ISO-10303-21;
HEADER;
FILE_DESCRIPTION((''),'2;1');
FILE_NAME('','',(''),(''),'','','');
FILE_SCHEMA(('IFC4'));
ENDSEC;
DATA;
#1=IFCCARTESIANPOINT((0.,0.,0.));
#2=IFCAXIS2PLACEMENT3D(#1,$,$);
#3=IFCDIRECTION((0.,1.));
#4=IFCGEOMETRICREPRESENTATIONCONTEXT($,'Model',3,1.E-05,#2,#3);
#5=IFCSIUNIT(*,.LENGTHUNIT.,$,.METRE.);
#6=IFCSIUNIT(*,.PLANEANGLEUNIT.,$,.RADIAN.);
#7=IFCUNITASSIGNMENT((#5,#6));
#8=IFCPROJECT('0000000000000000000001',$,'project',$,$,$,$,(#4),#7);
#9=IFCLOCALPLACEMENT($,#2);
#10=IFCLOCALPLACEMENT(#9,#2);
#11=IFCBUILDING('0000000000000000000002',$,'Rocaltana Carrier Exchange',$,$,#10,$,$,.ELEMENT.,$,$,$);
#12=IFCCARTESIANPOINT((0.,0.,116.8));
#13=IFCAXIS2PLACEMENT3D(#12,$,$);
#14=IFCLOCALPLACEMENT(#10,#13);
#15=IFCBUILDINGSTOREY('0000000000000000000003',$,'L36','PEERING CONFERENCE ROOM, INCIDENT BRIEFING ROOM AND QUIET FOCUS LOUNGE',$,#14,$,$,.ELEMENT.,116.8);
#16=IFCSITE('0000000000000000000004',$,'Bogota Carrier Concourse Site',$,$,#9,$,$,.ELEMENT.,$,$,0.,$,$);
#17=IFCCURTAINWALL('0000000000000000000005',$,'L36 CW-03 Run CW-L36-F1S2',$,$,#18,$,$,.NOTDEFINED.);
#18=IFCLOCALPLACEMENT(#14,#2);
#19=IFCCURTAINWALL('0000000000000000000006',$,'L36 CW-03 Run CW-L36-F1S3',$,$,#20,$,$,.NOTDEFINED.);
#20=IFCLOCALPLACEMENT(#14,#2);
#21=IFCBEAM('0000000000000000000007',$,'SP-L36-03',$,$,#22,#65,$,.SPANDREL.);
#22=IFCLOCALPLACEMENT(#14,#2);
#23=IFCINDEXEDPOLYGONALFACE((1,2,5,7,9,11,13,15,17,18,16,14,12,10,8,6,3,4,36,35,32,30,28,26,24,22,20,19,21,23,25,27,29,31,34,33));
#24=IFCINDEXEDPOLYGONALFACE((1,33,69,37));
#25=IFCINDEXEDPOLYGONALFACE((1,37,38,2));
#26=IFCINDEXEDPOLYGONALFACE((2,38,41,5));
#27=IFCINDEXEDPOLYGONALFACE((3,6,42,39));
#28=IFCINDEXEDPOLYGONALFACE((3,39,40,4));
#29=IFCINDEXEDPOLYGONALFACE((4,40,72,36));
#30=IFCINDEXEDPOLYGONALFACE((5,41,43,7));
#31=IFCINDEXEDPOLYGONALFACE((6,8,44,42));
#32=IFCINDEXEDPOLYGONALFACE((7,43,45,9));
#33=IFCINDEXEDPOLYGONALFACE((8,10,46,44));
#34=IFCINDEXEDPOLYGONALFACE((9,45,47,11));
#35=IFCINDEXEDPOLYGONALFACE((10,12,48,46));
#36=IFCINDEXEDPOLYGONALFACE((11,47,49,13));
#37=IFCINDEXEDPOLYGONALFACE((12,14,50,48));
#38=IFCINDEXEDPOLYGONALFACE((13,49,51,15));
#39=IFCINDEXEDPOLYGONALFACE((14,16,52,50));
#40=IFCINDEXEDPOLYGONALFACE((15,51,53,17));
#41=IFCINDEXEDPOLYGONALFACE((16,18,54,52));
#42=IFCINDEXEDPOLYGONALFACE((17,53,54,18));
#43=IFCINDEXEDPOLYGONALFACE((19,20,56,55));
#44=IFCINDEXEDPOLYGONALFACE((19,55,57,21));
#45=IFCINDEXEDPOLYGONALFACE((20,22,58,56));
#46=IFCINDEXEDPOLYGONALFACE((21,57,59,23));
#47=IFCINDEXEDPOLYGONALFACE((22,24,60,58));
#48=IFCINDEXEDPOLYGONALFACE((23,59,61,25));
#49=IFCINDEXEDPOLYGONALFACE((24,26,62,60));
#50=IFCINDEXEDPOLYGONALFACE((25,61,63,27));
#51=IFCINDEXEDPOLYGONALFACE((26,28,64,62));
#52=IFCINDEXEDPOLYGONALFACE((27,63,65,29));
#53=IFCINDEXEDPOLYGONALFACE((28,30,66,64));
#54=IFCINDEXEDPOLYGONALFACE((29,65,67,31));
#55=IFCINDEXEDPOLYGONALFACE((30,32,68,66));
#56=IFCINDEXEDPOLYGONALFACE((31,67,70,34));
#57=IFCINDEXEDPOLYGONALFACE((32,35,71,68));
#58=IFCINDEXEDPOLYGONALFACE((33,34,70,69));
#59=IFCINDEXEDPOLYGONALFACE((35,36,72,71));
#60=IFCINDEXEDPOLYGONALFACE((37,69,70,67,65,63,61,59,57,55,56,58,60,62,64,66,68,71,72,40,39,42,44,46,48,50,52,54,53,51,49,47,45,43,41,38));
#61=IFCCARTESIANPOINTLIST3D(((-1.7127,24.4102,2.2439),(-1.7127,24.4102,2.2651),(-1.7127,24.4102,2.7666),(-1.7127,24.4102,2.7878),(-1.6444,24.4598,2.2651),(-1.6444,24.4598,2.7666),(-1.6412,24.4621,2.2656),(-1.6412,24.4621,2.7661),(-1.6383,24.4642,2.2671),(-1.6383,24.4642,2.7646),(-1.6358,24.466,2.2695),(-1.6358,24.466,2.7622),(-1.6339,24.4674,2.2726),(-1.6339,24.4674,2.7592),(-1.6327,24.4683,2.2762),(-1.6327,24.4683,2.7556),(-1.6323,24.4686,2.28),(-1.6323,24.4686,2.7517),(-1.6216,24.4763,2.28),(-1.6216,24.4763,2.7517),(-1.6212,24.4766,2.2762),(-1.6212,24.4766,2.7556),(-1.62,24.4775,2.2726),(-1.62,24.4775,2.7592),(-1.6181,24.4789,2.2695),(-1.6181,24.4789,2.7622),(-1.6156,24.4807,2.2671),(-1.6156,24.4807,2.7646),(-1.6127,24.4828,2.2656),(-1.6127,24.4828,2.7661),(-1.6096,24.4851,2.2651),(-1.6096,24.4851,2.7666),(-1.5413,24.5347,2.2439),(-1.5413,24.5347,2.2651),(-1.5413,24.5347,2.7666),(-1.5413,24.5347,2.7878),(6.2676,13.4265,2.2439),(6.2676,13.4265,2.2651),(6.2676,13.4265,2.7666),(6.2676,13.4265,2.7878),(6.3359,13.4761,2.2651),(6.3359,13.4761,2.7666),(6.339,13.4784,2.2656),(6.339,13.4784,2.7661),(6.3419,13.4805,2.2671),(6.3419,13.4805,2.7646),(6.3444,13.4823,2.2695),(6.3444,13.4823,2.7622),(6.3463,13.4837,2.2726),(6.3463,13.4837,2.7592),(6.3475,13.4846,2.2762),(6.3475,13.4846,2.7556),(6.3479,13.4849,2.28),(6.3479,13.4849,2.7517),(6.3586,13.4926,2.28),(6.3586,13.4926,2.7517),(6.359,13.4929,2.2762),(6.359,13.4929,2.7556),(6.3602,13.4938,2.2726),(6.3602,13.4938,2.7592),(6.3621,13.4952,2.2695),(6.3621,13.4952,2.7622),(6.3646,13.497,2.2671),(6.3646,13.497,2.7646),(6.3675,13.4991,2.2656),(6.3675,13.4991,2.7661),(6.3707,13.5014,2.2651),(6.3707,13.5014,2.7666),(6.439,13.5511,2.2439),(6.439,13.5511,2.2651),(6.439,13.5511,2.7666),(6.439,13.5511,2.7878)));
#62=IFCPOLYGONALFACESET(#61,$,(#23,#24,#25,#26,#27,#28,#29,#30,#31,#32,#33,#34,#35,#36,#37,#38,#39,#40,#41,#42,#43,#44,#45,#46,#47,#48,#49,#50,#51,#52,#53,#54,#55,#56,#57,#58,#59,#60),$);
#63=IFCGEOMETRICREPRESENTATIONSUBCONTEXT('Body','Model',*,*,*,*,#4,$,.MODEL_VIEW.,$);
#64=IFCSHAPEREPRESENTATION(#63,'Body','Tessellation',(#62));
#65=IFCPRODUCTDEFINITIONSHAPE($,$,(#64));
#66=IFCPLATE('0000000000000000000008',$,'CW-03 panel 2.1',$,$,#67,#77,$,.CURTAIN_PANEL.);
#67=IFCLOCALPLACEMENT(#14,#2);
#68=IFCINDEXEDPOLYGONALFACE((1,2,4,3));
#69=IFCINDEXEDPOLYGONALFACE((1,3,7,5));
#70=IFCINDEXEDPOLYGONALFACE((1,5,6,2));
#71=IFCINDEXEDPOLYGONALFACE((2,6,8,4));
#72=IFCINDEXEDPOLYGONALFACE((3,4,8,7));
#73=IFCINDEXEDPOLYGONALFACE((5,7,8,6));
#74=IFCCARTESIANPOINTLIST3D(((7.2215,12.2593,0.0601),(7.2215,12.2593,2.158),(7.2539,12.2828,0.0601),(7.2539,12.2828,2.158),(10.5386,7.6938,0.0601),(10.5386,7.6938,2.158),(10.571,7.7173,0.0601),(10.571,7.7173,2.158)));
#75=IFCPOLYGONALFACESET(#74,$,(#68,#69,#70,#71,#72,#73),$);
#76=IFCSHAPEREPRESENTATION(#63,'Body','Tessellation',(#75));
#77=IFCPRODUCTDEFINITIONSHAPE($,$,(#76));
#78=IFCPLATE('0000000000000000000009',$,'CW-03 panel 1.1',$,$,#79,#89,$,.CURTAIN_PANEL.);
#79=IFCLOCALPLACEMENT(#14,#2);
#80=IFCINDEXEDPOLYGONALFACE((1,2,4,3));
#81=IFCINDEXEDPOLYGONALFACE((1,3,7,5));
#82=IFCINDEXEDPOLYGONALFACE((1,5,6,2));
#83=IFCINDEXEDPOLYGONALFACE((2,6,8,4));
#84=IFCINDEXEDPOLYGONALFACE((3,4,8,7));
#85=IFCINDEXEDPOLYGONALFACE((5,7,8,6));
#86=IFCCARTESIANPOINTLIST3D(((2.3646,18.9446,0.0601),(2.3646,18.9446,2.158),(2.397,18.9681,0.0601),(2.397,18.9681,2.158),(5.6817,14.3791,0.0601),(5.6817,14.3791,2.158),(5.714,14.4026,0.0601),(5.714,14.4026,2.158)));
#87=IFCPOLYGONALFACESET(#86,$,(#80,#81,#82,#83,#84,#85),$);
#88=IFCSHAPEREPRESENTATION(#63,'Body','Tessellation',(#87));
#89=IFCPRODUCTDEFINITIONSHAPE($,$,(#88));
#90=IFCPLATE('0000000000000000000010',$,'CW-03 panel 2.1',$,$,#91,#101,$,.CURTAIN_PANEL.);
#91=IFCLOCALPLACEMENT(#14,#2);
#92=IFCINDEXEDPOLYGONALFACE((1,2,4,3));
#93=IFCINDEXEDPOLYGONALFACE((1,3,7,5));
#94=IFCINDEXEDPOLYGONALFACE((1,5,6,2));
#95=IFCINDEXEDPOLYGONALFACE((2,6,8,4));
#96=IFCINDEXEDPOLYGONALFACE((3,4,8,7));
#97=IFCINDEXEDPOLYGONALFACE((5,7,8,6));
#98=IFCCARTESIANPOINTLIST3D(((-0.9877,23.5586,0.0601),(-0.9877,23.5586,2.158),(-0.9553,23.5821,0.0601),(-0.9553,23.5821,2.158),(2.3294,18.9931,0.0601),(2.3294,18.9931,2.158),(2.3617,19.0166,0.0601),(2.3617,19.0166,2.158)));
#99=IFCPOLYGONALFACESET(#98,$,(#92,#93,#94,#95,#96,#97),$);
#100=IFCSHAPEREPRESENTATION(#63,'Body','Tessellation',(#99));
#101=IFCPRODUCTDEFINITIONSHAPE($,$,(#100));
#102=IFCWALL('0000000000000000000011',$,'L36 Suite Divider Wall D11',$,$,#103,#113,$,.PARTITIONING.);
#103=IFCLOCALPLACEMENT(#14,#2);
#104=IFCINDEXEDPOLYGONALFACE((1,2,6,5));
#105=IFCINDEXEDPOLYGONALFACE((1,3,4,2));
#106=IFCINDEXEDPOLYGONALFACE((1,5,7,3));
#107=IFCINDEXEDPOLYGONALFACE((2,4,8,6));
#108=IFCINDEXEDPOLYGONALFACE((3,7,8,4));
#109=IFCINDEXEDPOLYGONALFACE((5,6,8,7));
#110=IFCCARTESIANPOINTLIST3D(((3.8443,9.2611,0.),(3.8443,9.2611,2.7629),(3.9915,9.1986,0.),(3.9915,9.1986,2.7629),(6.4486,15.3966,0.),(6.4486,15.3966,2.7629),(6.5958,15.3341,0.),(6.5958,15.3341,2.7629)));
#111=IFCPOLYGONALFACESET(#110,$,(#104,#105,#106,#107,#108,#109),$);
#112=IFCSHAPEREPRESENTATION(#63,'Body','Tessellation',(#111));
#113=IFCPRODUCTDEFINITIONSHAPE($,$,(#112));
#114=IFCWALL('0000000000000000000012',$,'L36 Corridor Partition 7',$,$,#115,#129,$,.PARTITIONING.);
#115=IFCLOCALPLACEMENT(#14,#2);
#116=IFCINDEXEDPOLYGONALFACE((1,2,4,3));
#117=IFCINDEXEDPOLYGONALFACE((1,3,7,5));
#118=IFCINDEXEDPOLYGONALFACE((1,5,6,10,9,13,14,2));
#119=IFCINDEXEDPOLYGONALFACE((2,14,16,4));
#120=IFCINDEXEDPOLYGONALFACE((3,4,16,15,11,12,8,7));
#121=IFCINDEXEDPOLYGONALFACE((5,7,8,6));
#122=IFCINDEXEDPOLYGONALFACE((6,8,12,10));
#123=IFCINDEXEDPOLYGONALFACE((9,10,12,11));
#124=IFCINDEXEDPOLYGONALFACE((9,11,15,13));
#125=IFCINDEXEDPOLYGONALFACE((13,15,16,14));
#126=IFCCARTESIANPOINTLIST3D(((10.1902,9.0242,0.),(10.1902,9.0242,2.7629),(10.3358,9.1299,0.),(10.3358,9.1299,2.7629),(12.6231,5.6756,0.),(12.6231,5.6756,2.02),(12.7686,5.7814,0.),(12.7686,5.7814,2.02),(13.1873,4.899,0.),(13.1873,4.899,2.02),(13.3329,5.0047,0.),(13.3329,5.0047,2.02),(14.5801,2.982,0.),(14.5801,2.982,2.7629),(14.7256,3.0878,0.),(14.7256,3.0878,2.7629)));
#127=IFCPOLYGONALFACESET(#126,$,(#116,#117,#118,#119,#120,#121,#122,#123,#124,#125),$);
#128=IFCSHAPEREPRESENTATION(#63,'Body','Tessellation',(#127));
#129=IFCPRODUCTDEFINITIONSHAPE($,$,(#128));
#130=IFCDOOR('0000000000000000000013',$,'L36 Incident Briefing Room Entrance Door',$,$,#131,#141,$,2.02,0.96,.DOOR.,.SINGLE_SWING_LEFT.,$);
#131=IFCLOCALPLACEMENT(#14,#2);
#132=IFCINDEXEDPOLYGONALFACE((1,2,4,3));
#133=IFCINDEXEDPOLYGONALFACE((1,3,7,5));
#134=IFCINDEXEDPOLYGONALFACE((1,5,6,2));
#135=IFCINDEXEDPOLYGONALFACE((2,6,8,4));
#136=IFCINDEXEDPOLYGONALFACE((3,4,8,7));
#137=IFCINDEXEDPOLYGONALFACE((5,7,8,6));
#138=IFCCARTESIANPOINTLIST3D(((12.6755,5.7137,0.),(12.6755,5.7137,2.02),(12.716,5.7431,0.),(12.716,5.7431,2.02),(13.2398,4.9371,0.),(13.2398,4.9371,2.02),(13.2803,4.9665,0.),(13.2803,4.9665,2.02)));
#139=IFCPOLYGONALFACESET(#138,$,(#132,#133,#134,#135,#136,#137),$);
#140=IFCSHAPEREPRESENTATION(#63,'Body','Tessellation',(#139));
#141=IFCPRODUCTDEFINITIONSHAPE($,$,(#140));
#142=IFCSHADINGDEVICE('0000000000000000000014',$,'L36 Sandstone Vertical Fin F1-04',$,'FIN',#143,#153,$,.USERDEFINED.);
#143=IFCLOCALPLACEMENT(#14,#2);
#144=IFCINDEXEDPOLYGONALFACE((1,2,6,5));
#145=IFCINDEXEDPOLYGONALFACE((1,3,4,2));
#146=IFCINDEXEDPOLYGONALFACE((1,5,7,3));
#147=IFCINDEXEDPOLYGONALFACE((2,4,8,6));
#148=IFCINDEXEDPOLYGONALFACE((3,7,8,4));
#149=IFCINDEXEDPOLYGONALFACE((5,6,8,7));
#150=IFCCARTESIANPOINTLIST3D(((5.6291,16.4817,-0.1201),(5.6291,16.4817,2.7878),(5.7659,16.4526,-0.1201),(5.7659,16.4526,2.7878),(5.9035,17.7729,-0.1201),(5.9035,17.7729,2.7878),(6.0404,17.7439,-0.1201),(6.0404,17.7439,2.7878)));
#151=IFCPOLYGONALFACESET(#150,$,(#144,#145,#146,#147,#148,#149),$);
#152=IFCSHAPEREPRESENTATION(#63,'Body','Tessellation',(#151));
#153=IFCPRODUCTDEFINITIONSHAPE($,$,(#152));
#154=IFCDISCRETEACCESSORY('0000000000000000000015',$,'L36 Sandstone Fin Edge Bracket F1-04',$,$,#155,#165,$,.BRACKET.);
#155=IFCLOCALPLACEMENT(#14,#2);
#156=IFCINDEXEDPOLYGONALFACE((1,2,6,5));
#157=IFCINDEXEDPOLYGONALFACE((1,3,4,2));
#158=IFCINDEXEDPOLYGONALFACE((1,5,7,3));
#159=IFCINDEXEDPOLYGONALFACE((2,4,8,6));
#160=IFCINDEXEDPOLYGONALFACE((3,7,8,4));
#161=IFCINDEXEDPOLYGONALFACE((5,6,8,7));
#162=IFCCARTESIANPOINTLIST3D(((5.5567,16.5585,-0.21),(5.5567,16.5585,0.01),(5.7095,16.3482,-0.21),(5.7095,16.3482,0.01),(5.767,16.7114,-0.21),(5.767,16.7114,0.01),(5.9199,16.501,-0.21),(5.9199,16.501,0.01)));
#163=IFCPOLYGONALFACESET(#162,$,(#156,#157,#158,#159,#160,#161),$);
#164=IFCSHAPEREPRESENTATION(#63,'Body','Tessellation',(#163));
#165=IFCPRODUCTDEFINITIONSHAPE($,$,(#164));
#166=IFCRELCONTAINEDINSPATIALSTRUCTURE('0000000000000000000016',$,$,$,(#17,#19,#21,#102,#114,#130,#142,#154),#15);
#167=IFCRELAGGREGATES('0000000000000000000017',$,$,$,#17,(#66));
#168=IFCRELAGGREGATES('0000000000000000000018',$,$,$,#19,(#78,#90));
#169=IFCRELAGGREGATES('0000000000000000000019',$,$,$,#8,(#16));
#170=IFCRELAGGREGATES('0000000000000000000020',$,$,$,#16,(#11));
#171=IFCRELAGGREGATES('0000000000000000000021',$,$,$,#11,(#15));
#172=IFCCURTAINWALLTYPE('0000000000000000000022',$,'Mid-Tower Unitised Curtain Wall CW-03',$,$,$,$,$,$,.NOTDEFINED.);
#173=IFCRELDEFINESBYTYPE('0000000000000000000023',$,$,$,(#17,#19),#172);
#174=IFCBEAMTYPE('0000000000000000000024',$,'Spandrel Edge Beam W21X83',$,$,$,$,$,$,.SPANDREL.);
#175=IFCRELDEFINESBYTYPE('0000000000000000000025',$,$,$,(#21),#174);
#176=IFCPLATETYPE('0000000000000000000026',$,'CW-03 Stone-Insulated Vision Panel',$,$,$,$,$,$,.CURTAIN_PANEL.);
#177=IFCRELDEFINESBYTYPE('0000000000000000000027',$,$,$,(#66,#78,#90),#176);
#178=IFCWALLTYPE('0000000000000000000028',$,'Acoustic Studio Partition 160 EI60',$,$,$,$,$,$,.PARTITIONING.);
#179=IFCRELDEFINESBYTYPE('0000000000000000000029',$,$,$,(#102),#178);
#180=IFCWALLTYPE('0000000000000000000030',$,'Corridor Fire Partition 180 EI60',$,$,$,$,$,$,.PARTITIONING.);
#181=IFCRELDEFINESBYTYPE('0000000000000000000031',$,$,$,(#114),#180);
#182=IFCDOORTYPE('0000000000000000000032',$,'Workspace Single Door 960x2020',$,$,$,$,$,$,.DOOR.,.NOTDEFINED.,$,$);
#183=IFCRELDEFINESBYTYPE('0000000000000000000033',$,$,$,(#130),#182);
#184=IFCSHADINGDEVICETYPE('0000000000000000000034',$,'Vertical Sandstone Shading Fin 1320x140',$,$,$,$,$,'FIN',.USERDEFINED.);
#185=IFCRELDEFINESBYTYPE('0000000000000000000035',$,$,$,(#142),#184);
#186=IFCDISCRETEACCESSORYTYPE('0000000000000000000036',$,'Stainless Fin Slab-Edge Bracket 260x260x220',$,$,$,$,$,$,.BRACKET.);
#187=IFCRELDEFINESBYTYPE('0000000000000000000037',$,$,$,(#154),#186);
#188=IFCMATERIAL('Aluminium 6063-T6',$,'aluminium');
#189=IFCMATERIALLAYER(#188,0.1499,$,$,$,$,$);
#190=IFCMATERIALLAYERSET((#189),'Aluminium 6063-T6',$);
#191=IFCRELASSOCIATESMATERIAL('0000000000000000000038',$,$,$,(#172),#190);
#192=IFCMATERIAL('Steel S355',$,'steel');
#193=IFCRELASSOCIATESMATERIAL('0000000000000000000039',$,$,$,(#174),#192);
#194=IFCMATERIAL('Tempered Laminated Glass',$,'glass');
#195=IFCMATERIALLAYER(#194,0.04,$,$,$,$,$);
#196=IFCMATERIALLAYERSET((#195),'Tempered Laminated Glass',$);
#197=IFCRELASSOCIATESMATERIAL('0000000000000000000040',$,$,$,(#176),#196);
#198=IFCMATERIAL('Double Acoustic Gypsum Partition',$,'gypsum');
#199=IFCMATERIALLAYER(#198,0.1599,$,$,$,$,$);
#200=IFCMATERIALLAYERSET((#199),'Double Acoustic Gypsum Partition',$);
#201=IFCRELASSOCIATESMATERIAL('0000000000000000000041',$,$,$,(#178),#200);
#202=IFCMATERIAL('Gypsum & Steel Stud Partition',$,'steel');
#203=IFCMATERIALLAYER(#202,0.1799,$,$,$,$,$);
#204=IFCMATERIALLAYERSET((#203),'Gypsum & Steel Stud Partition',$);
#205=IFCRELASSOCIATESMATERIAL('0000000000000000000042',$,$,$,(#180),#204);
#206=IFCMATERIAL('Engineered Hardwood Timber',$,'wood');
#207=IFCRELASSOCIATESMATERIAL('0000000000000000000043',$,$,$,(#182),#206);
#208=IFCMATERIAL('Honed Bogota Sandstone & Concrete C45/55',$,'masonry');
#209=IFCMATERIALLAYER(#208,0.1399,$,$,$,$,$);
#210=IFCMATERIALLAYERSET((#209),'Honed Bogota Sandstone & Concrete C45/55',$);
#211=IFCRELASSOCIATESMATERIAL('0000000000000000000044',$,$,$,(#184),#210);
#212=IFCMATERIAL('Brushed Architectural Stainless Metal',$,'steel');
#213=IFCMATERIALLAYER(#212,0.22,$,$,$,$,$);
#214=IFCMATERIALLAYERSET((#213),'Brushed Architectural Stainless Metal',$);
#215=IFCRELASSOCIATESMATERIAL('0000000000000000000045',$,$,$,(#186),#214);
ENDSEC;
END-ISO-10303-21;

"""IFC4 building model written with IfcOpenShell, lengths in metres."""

from ifc_helpers import new_model, si_unit, direction, frame, frame_2d, origin, origin_2d, place, context, subcontext, project, spatial, rectangle, i_section, extrude, material, layer, layer_set, material_profile, profile_set, type_object, element, fill, aggregate, save


model = new_model("IFC4")

# Units and contexts
model_context = context("Model", 3, precision=1e-05, world=origin(), true_north=direction((0.0, 1.0)))
body_context = subcontext(model_context, "Body", "Model", "MODEL_VIEW")
ifc_project = project(units=[si_unit("LENGTHUNIT", "METRE"), si_unit("PLANEANGLEUNIT", "RADIAN")], contexts=[model_context])

# Site, building, storey
site_placement = place(None, origin())
site = spatial("IfcSite", under=ifc_project, at=site_placement, Name="Bogota Carrier Concourse Site", CompositionType="ELEMENT", RefElevation=0.0)
building_placement = place(site_placement, origin())
building = spatial("IfcBuilding", under=site, at=building_placement, Name="Rocaltana Carrier Exchange", CompositionType="ELEMENT")
storey_placement = place(building_placement, frame((0.0, 0.0, 116.8)))
storey = spatial("IfcBuildingStorey", under=building, at=storey_placement, Name="L36", Description="PEERING CONFERENCE ROOM, INCIDENT BRIEFING ROOM AND QUIET FOCUS LOUNGE", CompositionType="ELEMENT", Elevation=116.8)

# Curtain wall
ifc_material_1 = material(Name="Aluminium 6063-T6", Category="aluminium")
ifc_layer_1 = layer(ifc_material_1, 0.1499)
ifc_layer_set_1 = layer_set([ifc_layer_1], Name="Aluminium 6063-T6")
curtain_wall_type = type_object("IfcCurtainWallType", Name="Mid-Tower Unitised Curtain Wall CW-03", PredefinedType="NOTDEFINED", material=ifc_layer_set_1)
curtain_wall_1_placement = place(storey_placement, origin())
curtain_wall_1 = element("IfcCurtainWall", 1, at=curtain_wall_1_placement, inside=storey, type_object=curtain_wall_type, Name="L36 CW-03 Run CW-L36-F1S2", PredefinedType="NOTDEFINED")

# Curtain wall
curtain_wall_2_placement = place(storey_placement, origin())
curtain_wall_2 = element("IfcCurtainWall", 2, at=curtain_wall_2_placement, inside=storey, type_object=curtain_wall_type, Name="L36 CW-03 Run CW-L36-F1S3", PredefinedType="NOTDEFINED")

# Beam
ifc_material_2 = material(Name="Steel S355", Category="steel")
ifc_material_profile_1 = material_profile(ifc_material_2, i_section(OverallWidth=0.2119, OverallDepth=0.5439, WebThickness=0.0132, FlangeThickness=0.0212, FilletRadius=0.0149, at=origin_2d()), Name="W21X83")
ifc_profile_set_1 = profile_set([ifc_material_profile_1], Name="Steel S355")
beam_type_1 = type_object("IfcBeamType", Name="Spandrel Edge Beam W21X83", PredefinedType="SPANDREL", material=ifc_profile_set_1)
beam_1_placement = place(storey_placement, frame((6.3533, 13.4888, 2.5159), z_axis=(-0.587792, 0.809012, 0.0), x_axis=(-0.809012, -0.587792, 0.0)))
element("IfcBeam", 3, at=beam_1_placement, inside=storey, type_object=beam_type_1, Name="SP-L36-03", PredefinedType="SPANDREL", context=body_context, shape_type="SweptSolid", body=[
    extrude(i_section(OverallWidth=0.2119, OverallDepth=0.5439, WebThickness=0.0132, FlangeThickness=0.0212, FilletRadius=0.0149, at=origin_2d()), origin(), (0.0, 0.0, 1.0), 13.5767),
])

# Plates
ifc_material_3 = material(Name="Tempered Laminated Glass", Category="glass")
ifc_layer_2 = layer(ifc_material_3, 0.04)
ifc_layer_set_2 = layer_set([ifc_layer_2], Name="Tempered Laminated Glass")
plate_type = type_object("IfcPlateType", Name="CW-03 Stone-Insulated Vision Panel", PredefinedType="CURTAIN_PANEL", material=ifc_layer_set_2)
plate_1_placement = place(storey_placement, frame((8.8962, 9.9883, 0.0601), z_axis=(0.0, 0.0, 1.0), x_axis=(-0.58779, 0.809014, 0.0)))
plate_1 = element("IfcPlate", 4, at=plate_1_placement, type_object=plate_type, Name="CW-03 panel 2.1", PredefinedType="CURTAIN_PANEL", context=body_context, shape_type="SweptSolid", body=[
    extrude(rectangle(XDim=5.6433, YDim=0.04, at=origin_2d()), origin(), (0.0, 0.0, 1.0), 2.0979),
])
aggregate(curtain_wall_1, [plate_1])
plate_2_placement = place(storey_placement, frame((4.0393, 16.6736, 0.0601), z_axis=(0.0, 0.0, 1.0), x_axis=(-0.58779, 0.809014, 0.0)))
plate_2 = element("IfcPlate", 5, at=plate_2_placement, type_object=plate_type, Name="CW-03 panel 1.1", PredefinedType="CURTAIN_PANEL", context=body_context, shape_type="SweptSolid", body=[
    extrude(rectangle(XDim=5.6433, YDim=0.04, at=origin_2d()), origin(), (0.0, 0.0, 1.0), 2.0979),
])
plate_3_placement = place(storey_placement, frame((0.687, 21.2876, 0.0601), z_axis=(0.0, 0.0, 1.0), x_axis=(-0.58779, 0.809014, 0.0)))
plate_3 = element("IfcPlate", 6, at=plate_3_placement, type_object=plate_type, Name="CW-03 panel 2.1", PredefinedType="CURTAIN_PANEL", context=body_context, shape_type="SweptSolid", body=[
    extrude(rectangle(XDim=5.6433, YDim=0.04, at=origin_2d()), origin(), (0.0, 0.0, 1.0), 2.0979),
])
aggregate(curtain_wall_2, [plate_2, plate_3])

# Wall
ifc_material_4 = material(Name="Double Acoustic Gypsum Partition", Category="gypsum")
ifc_layer_3 = layer(ifc_material_4, 0.1599)
ifc_layer_set_3 = layer_set([ifc_layer_3], Name="Double Acoustic Gypsum Partition")
wall_type_1 = type_object("IfcWallType", Name="Acoustic Studio Partition 160 EI60", PredefinedType="PARTITIONING", material=ifc_layer_set_3)
wall_1_placement = place(storey_placement, frame((3.918, 9.23, 0.0), z_axis=(0.0, 0.0, 1.0), x_axis=(0.390716, 0.920511, 0.0)))
element("IfcWall", 7, at=wall_1_placement, inside=storey, type_object=wall_type_1, Name="L36 Suite Divider Wall D11", PredefinedType="PARTITIONING", context=body_context, shape_type="SweptSolid", body=[
    extrude(rectangle(XDim=6.6653, YDim=0.1599, at=frame_2d((3.3325, 0.0))), origin(), (0.0, 0.0, 1.0), 2.7629),
])

# Wall, opening, door
ifc_material_5 = material(Name="Gypsum & Steel Stud Partition", Category="steel")
ifc_layer_4 = layer(ifc_material_5, 0.1799)
ifc_layer_set_4 = layer_set([ifc_layer_4], Name="Gypsum & Steel Stud Partition")
wall_type_2 = type_object("IfcWallType", Name="Corridor Fire Partition 180 EI60", PredefinedType="PARTITIONING", material=ifc_layer_set_4)
wall_2_placement = place(storey_placement, frame((10.2629, 9.0771, 0.0), z_axis=(0.0, 0.0, 1.0), x_axis=(0.587781, -0.80902, 0.0)))
wall_2 = element("IfcWall", 8, at=wall_2_placement, inside=storey, type_object=wall_type_2, Name="L36 Corridor Partition 7", PredefinedType="PARTITIONING", context=body_context, shape_type="SweptSolid", body=[
    extrude(rectangle(XDim=7.4685, YDim=0.1799, at=frame_2d((3.7344, 0.0))), origin(), (0.0, 0.0, 1.0), 2.7629),
])
opening_placement = place(wall_2_placement, frame((4.1392, 0.0, 0.0)))
opening = element("IfcOpeningElement", 9, at=opening_placement, cuts=wall_2, PredefinedType="OPENING", context=body_context, shape_type="SweptSolid", body=[
    extrude(rectangle(XDim=0.96, YDim=2.02, at=frame_2d((0.48, 1.01))), frame((0.0, 0.0999, 0.0), z_axis=(0.0, -1.0, 0.0), x_axis=(1.0, 0.0, 0.0)), (0.0, 0.0, 1.0), 0.2),
])
ifc_material_6 = material(Name="Engineered Hardwood Timber", Category="wood")
door_type = type_object("IfcDoorType", Name="Workspace Single Door 960x2020", OperationType="NOTDEFINED", PredefinedType="DOOR", material=ifc_material_6)
door_placement = place(opening_placement, origin())
door = element("IfcDoor", 10, at=door_placement, inside=storey, type_object=door_type, Name="L36 Incident Briefing Room Entrance Door", OperationType="SINGLE_SWING_LEFT", OverallHeight=2.02, OverallWidth=0.96, PredefinedType="DOOR", context=body_context, shape_type="SweptSolid", body=[
    extrude(rectangle(XDim=0.96, YDim=2.02, at=frame_2d((0.48, 1.01))), frame((0.0, 0.0249, 0.0), z_axis=(0.0, -1.0, 0.0), x_axis=(1.0, 0.0, 0.0)), (0.0, 0.0, 1.0), 0.05),
])
fill(opening, door)

# Shading device
ifc_material_7 = material(Name="Honed Bogota Sandstone & Concrete C45/55", Category="masonry")
ifc_layer_5 = layer(ifc_material_7, 0.1399)
ifc_layer_set_5 = layer_set([ifc_layer_5], Name="Honed Bogota Sandstone & Concrete C45/55")
shading_device_type = type_object("IfcShadingDeviceType", Name="Vertical Sandstone Shading Fin 1320x140", ElementType="FIN", PredefinedType="USERDEFINED", material=ifc_layer_set_5)
shading_device_placement = place(storey_placement, frame((5.8347, 17.1128, -0.1201), z_axis=(0.0, 0.0, 1.0), x_axis=(0.207912, 0.978148, 0.0)))
element("IfcShadingDevice", 11, at=shading_device_placement, inside=storey, type_object=shading_device_type, Name="L36 Sandstone Vertical Fin F1-04", ObjectType="FIN", PredefinedType="USERDEFINED", context=body_context, shape_type="SweptSolid", body=[
    extrude(rectangle(XDim=1.3201, YDim=0.1399, at=origin_2d()), origin(), (0.0, 0.0, 1.0), 2.908),
])

# Discrete accessory
ifc_material_8 = material(Name="Brushed Architectural Stainless Metal", Category="steel")
ifc_layer_6 = layer(ifc_material_8, 0.22)
ifc_layer_set_6 = layer_set([ifc_layer_6], Name="Brushed Architectural Stainless Metal")
discrete_accessory_type = type_object("IfcDiscreteAccessoryType", Name="Stainless Fin Slab-Edge Bracket 260x260x220", PredefinedType="BRACKET", material=ifc_layer_set_6)
discrete_accessory_placement = place(storey_placement, frame((5.7383, 16.5298, -0.21), z_axis=(0.0, 0.0, 1.0), x_axis=(-0.587785, 0.809017, 0.0)))
element("IfcDiscreteAccessory", 12, at=discrete_accessory_placement, inside=storey, type_object=discrete_accessory_type, Name="L36 Sandstone Fin Edge Bracket F1-04", PredefinedType="BRACKET", context=body_context, shape_type="SweptSolid", body=[
    extrude(rectangle(XDim=0.26, YDim=0.26, at=origin_2d()), origin(), (0.0, 0.0, 1.0), 0.22),
])

save(model, "model.ifc")
